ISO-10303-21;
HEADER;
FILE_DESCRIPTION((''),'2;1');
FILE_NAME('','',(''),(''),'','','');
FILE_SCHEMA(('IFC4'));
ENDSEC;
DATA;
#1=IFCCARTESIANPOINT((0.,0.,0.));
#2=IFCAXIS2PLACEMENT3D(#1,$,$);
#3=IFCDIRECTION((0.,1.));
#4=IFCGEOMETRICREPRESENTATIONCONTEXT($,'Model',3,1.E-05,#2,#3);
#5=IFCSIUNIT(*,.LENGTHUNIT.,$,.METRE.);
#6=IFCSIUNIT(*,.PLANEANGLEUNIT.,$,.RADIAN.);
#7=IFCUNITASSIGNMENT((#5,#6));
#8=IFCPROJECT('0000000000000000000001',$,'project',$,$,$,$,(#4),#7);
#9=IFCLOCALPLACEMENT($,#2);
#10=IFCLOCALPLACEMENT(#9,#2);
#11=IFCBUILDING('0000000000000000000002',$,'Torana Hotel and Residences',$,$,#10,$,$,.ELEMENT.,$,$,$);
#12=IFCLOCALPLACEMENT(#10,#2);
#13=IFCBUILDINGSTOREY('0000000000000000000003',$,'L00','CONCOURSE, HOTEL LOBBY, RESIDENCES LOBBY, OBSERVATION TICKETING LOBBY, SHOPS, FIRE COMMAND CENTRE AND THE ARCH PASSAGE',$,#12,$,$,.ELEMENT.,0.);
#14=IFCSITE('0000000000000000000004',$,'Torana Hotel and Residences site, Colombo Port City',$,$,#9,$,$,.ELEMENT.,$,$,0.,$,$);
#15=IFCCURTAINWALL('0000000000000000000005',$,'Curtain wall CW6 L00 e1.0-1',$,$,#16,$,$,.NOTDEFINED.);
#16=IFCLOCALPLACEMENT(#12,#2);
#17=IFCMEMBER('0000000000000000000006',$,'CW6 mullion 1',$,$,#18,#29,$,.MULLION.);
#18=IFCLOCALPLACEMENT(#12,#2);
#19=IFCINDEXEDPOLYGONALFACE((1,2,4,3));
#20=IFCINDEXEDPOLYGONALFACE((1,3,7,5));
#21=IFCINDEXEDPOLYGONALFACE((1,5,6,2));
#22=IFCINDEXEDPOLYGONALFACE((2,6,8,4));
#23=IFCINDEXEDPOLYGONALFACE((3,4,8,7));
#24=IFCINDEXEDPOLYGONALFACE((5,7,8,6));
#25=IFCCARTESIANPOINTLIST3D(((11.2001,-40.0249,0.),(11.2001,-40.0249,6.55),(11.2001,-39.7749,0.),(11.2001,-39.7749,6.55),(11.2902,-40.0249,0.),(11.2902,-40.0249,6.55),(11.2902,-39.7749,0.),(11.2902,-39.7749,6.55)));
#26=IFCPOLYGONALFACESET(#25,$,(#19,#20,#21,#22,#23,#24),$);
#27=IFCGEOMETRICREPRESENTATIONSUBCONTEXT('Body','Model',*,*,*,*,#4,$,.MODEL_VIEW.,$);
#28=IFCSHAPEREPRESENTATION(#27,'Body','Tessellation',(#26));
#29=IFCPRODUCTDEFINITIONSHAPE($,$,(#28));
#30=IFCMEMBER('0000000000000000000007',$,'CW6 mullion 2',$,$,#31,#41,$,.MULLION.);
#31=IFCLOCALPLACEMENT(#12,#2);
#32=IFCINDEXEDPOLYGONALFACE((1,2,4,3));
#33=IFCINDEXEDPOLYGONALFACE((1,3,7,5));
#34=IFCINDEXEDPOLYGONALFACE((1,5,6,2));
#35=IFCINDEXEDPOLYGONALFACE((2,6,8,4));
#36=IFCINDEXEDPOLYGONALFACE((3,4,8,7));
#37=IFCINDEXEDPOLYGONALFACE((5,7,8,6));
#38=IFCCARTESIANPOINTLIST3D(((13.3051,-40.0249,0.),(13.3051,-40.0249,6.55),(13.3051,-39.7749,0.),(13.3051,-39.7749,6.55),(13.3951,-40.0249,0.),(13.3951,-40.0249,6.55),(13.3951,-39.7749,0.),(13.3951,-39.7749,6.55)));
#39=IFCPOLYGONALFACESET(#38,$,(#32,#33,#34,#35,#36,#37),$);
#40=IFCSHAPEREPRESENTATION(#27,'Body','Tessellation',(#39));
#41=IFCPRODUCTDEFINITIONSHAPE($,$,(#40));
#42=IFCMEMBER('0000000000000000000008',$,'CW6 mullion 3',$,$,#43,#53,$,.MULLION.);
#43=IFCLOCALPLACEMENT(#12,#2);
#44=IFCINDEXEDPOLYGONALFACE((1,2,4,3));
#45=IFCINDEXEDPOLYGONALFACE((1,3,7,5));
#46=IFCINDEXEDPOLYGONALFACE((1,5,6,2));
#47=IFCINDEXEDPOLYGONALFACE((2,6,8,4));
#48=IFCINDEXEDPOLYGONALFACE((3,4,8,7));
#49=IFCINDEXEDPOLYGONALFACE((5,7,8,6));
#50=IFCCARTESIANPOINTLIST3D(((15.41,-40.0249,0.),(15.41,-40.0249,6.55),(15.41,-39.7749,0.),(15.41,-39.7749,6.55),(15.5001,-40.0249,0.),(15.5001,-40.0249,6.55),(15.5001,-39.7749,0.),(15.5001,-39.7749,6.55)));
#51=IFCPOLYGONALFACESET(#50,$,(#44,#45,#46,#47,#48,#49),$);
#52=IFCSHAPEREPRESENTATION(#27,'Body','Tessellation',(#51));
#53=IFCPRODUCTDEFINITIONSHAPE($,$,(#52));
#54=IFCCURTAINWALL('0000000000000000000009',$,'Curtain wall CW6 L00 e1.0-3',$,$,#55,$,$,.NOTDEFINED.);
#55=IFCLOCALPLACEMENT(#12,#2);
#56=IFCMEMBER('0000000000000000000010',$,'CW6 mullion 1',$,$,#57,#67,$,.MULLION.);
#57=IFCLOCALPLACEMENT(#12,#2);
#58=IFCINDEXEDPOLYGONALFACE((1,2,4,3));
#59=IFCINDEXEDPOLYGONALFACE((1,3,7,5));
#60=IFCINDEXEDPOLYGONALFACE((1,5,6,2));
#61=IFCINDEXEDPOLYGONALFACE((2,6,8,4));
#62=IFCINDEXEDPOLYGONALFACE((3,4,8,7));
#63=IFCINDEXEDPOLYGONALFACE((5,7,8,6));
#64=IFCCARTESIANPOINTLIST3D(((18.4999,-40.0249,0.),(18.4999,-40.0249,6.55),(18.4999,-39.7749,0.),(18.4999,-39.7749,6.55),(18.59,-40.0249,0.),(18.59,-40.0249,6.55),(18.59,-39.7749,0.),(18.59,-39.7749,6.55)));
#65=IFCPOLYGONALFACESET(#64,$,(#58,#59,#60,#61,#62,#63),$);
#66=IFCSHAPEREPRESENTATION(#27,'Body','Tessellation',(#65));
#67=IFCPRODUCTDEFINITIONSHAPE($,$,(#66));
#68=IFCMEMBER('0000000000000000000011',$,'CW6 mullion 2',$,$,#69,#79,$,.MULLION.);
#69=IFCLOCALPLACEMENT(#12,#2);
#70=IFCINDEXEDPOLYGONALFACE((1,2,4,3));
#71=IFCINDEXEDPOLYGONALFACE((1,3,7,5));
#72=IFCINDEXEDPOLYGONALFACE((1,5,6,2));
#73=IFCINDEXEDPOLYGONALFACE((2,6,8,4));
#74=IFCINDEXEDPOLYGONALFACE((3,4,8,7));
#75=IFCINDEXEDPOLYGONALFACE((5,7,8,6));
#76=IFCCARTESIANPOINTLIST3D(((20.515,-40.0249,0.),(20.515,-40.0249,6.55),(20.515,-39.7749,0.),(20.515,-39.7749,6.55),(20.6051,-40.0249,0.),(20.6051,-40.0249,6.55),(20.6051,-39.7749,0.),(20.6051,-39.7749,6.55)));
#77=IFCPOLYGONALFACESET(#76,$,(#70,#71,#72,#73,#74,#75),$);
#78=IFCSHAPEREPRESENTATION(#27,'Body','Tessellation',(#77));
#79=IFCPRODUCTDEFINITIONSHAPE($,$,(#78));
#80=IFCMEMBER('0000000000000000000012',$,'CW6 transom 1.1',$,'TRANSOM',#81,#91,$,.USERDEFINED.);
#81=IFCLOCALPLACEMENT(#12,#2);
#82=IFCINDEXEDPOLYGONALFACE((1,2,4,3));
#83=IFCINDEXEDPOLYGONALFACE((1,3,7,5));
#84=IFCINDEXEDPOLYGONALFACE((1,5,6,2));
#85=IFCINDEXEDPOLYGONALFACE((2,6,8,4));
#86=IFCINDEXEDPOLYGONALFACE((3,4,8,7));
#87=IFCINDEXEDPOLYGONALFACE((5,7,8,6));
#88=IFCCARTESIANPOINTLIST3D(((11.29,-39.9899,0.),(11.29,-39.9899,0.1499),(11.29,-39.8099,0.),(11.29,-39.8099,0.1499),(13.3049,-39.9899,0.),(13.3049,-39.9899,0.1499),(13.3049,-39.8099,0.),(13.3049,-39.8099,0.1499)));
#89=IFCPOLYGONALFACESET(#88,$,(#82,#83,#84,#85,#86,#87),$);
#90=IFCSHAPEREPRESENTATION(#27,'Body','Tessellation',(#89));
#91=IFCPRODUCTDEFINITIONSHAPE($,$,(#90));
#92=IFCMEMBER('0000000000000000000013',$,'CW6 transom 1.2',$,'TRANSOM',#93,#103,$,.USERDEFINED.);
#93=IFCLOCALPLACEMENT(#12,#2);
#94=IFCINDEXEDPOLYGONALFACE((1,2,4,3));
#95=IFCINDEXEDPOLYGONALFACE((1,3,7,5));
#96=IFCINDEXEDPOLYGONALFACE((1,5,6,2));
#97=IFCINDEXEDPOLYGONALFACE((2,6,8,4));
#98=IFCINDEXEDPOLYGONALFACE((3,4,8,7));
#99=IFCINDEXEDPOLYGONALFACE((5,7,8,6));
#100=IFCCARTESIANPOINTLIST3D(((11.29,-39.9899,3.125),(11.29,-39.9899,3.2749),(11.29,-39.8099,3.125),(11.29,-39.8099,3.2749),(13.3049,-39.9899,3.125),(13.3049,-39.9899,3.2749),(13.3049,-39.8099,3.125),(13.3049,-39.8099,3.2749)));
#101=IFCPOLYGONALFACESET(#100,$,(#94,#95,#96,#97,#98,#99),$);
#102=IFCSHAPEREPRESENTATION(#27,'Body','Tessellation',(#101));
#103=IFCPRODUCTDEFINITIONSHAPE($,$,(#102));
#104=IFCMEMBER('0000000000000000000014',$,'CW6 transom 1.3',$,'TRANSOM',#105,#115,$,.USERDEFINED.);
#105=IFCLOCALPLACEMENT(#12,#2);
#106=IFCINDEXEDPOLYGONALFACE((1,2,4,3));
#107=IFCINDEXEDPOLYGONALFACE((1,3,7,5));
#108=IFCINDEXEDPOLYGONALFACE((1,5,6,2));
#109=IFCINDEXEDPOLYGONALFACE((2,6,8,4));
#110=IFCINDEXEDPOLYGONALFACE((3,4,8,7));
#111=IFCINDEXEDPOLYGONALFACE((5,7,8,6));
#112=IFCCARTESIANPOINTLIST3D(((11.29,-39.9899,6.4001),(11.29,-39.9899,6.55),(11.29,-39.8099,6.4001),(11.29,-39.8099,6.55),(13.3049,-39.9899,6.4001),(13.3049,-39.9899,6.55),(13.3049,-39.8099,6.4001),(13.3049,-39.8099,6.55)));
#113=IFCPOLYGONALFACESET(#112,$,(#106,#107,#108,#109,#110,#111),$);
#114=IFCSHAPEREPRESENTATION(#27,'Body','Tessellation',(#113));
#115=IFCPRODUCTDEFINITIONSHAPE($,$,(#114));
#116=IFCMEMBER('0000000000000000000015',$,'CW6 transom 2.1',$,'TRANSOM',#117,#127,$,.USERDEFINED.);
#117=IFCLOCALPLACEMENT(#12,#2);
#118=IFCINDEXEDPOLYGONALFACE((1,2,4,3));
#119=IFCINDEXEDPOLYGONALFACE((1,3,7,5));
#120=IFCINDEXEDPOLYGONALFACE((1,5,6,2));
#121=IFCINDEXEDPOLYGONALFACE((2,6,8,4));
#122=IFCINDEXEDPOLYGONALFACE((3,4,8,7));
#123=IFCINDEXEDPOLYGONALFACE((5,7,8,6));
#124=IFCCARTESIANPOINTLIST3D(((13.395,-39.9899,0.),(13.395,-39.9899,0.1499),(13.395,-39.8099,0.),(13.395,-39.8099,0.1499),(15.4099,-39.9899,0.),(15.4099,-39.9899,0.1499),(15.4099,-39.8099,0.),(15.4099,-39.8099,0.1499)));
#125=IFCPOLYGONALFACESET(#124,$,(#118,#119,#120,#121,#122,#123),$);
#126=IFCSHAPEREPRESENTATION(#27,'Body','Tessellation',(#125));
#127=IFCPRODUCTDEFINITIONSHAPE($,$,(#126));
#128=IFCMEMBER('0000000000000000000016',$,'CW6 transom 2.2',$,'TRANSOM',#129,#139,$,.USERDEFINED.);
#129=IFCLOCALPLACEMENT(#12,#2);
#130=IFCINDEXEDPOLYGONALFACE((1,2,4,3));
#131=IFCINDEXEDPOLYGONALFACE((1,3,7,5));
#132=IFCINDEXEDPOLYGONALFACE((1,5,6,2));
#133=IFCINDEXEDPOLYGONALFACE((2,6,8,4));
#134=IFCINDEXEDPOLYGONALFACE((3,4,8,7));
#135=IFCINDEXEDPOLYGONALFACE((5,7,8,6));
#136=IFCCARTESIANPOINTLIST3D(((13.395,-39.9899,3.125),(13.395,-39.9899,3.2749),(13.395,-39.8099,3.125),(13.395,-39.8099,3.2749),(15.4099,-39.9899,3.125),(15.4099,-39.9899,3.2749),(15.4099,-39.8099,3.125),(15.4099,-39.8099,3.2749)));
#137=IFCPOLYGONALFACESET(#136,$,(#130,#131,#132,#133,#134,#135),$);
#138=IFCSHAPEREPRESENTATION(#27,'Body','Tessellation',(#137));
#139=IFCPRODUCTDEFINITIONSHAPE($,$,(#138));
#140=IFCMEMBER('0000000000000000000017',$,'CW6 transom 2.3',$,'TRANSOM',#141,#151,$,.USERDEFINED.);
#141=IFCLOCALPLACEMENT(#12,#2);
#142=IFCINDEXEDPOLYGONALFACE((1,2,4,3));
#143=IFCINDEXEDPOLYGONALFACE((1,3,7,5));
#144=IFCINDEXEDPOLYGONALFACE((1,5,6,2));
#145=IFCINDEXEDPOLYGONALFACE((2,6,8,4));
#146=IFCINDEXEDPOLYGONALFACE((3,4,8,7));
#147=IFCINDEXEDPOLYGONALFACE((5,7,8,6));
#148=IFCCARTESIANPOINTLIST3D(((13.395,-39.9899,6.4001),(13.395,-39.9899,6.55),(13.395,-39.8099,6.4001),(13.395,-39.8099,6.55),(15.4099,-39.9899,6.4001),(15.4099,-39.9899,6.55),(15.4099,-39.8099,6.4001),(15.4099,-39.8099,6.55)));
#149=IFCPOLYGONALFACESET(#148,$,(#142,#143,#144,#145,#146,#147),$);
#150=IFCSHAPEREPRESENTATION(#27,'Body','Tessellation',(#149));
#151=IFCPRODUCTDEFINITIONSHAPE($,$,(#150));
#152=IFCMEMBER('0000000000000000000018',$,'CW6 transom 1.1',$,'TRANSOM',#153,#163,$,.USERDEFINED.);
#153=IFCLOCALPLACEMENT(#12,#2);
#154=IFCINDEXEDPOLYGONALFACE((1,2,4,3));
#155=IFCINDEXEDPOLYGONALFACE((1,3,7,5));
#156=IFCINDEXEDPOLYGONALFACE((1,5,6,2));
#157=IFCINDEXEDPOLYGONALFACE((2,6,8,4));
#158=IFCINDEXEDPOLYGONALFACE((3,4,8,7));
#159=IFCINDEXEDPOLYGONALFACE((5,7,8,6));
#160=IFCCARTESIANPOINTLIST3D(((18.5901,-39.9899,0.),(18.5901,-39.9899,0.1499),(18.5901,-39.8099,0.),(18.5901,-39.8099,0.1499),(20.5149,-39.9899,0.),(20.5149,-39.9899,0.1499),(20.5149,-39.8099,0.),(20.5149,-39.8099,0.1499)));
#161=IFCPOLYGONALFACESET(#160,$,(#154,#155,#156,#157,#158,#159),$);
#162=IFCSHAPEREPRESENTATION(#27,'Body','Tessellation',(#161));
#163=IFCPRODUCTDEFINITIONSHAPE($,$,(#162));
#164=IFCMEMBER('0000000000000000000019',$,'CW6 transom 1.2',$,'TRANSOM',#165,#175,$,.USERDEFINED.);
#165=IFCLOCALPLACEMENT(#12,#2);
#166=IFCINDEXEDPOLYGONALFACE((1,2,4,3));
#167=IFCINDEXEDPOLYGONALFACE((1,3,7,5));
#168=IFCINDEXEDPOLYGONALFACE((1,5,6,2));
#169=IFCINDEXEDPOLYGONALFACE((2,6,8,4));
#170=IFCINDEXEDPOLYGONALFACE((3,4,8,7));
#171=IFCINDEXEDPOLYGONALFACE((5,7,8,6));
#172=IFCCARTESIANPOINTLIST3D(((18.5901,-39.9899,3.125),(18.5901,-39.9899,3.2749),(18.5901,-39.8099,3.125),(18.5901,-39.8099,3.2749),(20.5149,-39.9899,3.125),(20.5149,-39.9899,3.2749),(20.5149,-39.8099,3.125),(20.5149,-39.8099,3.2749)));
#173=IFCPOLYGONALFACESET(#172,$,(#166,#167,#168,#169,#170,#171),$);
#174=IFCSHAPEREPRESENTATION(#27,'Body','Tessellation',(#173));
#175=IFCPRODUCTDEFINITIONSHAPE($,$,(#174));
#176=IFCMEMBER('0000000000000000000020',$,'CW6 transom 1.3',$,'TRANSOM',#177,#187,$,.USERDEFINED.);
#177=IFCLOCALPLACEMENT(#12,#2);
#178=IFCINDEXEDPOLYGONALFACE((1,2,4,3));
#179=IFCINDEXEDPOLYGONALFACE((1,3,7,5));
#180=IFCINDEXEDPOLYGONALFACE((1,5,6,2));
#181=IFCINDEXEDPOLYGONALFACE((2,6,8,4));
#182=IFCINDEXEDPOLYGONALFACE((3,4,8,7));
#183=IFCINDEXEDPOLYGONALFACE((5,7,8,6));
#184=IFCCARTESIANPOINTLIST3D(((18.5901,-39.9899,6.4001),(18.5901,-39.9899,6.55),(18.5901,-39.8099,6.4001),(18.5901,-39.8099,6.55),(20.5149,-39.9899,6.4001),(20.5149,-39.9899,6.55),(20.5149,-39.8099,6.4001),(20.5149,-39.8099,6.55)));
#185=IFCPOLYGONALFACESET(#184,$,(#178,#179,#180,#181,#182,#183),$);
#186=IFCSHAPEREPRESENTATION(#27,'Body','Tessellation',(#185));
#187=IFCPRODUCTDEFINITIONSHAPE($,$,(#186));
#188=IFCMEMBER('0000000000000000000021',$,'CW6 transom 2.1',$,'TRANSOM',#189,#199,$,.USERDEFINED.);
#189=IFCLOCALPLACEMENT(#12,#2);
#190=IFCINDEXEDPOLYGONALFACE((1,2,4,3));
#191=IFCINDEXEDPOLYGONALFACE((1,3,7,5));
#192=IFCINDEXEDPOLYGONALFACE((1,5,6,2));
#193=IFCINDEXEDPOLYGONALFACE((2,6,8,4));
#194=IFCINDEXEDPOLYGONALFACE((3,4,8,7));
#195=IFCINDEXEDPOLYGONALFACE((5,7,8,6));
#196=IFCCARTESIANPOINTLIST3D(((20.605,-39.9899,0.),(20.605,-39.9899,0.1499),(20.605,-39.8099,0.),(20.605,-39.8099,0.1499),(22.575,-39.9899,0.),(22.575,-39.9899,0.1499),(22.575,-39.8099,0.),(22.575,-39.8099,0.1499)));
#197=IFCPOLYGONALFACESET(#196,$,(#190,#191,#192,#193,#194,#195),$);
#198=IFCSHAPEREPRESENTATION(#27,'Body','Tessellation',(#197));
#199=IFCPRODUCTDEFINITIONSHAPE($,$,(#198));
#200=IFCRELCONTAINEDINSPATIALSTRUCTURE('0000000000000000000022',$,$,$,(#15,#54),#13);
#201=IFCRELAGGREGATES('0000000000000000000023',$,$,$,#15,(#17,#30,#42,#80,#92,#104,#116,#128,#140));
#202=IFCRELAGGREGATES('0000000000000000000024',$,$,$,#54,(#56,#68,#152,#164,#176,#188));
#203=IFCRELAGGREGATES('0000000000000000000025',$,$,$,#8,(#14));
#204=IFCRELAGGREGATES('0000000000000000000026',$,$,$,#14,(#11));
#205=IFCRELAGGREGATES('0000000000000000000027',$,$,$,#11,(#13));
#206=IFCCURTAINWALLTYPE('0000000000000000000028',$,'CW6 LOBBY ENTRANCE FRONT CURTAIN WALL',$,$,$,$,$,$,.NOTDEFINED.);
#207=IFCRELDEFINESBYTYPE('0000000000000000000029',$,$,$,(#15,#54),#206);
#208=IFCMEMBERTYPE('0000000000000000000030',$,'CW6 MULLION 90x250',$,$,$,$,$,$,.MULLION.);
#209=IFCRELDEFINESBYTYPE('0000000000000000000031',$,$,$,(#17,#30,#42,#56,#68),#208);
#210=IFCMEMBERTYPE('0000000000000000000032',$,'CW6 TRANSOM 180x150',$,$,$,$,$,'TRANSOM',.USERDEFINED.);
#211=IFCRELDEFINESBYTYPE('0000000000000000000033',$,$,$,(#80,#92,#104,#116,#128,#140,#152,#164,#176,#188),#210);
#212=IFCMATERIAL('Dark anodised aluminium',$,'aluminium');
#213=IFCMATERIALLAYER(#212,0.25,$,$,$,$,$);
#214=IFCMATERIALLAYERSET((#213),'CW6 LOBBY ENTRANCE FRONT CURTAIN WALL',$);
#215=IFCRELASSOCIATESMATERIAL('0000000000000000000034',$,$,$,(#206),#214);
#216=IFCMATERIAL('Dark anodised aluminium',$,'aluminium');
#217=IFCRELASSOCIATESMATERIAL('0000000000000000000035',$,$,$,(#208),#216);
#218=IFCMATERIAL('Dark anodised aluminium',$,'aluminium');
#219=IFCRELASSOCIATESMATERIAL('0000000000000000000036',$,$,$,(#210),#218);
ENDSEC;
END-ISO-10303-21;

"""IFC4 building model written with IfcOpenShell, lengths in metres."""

from ifc_helpers import new_model, si_unit, direction, frame, origin, origin_2d, place, context, subcontext, project, spatial, rectangle, extrude, material, layer, layer_set, material_profile, profile_set, type_object, element, aggregate, save


model = new_model("IFC4")

# Units and contexts
model_context = context("Model", 3, precision=1e-05, world=origin(), true_north=direction((0.0, 1.0)))
body_context = subcontext(model_context, "Body", "Model", "MODEL_VIEW")
ifc_project = project(units=[si_unit("LENGTHUNIT", "METRE"), si_unit("PLANEANGLEUNIT", "RADIAN")], contexts=[model_context])

# Site, building, storey
site_placement = place(None, origin())
site = spatial("IfcSite", under=ifc_project, at=site_placement, Name="Torana Hotel and Residences site, Colombo Port City", CompositionType="ELEMENT", RefElevation=0.0)
building_placement = place(site_placement, origin())
building = spatial("IfcBuilding", under=site, at=building_placement, Name="Torana Hotel and Residences", CompositionType="ELEMENT")
storey_placement = place(building_placement, origin())
storey = spatial("IfcBuildingStorey", under=building, at=storey_placement, Name="L00", Description="CONCOURSE, HOTEL LOBBY, RESIDENCES LOBBY, OBSERVATION TICKETING LOBBY, SHOPS, FIRE COMMAND CENTRE AND THE ARCH PASSAGE", CompositionType="ELEMENT", Elevation=0.0)

# Curtain walls, members
ifc_material_1 = material(Name="Dark anodised aluminium", Category="aluminium")
ifc_layer_1 = layer(ifc_material_1, 0.25)
ifc_layer_set_1 = layer_set([ifc_layer_1], Name="CW6 LOBBY ENTRANCE FRONT CURTAIN WALL")
curtain_wall_type = type_object("IfcCurtainWallType", Name="CW6 LOBBY ENTRANCE FRONT CURTAIN WALL", PredefinedType="NOTDEFINED", material=ifc_layer_set_1)
curtain_wall_1_placement = place(storey_placement, origin())
curtain_wall_1 = element("IfcCurtainWall", 1, at=curtain_wall_1_placement, inside=storey, type_object=curtain_wall_type, Name="Curtain wall CW6 L00 e1.0-1", PredefinedType="NOTDEFINED")
ifc_material_2 = material(Name="Dark anodised aluminium", Category="aluminium")
ifc_material_profile_1 = material_profile(ifc_material_2, rectangle(XDim=0.25, YDim=0.0901, at=origin_2d()), Name="CW6 MULLION 90x250")
ifc_profile_set_1 = profile_set([ifc_material_profile_1], Name="Dark anodised aluminium")
member_type_1 = type_object("IfcMemberType", Name="CW6 MULLION 90x250", PredefinedType="MULLION", material=ifc_profile_set_1)
member_1_placement = place(storey_placement, frame((11.2451, -39.8999, 0.0), z_axis=(0.0, 0.0, 1.0), x_axis=(0.0, 1.0, 0.0)))
member_1 = element("IfcMember", 2, at=member_1_placement, type_object=member_type_1, Name="CW6 mullion 1", PredefinedType="MULLION", context=body_context, shape_type="SweptSolid", body=[
    extrude(rectangle(XDim=0.25, YDim=0.0901, at=origin_2d()), origin(), (0.0, 0.0, 1.0), 6.55),
])
member_2_placement = place(storey_placement, frame((13.3501, -39.8999, 0.0), z_axis=(0.0, 0.0, 1.0), x_axis=(0.0, 1.0, 0.0)))
member_2 = element("IfcMember", 3, at=member_2_placement, type_object=member_type_1, Name="CW6 mullion 2", PredefinedType="MULLION", context=body_context, shape_type="SweptSolid", body=[
    extrude(rectangle(XDim=0.25, YDim=0.0901, at=origin_2d()), origin(), (0.0, 0.0, 1.0), 6.55),
])
member_3_placement = place(storey_placement, frame((15.4551, -39.8999, 0.0), z_axis=(0.0, 0.0, 1.0), x_axis=(0.0, 1.0, 0.0)))
member_3 = element("IfcMember", 4, at=member_3_placement, type_object=member_type_1, Name="CW6 mullion 3", PredefinedType="MULLION", context=body_context, shape_type="SweptSolid", body=[
    extrude(rectangle(XDim=0.25, YDim=0.0901, at=origin_2d()), origin(), (0.0, 0.0, 1.0), 6.55),
])
curtain_wall_2_placement = place(storey_placement, origin())
curtain_wall_2 = element("IfcCurtainWall", 5, at=curtain_wall_2_placement, inside=storey, type_object=curtain_wall_type, Name="Curtain wall CW6 L00 e1.0-3", PredefinedType="NOTDEFINED")
member_4_placement = place(storey_placement, frame((18.5449, -39.8999, 0.0), z_axis=(0.0, 0.0, 1.0), x_axis=(0.0, 1.0, 0.0)))
member_4 = element("IfcMember", 6, at=member_4_placement, type_object=member_type_1, Name="CW6 mullion 1", PredefinedType="MULLION", context=body_context, shape_type="SweptSolid", body=[
    extrude(rectangle(XDim=0.25, YDim=0.0901, at=origin_2d()), origin(), (0.0, 0.0, 1.0), 6.55),
])
member_5_placement = place(storey_placement, frame((20.5601, -39.8999, 0.0), z_axis=(0.0, 0.0, 1.0), x_axis=(0.0, 1.0, 0.0)))
member_5 = element("IfcMember", 7, at=member_5_placement, type_object=member_type_1, Name="CW6 mullion 2", PredefinedType="MULLION", context=body_context, shape_type="SweptSolid", body=[
    extrude(rectangle(XDim=0.25, YDim=0.0901, at=origin_2d()), origin(), (0.0, 0.0, 1.0), 6.55),
])

# Members
ifc_material_3 = material(Name="Dark anodised aluminium", Category="aluminium")
ifc_material_profile_2 = material_profile(ifc_material_3, rectangle(XDim=0.1799, YDim=0.1499, at=origin_2d()), Name="CW6 TRANSOM 180x150")
ifc_profile_set_2 = profile_set([ifc_material_profile_2], Name="Dark anodised aluminium")
member_type_2 = type_object("IfcMemberType", Name="CW6 TRANSOM 180x150", ElementType="TRANSOM", PredefinedType="USERDEFINED", material=ifc_profile_set_2)
member_6_placement = place(storey_placement, frame((11.29, -39.8999, 0.075), z_axis=(1.0, 0.0, 0.0), x_axis=(0.0, 1.0, 0.0)))
member_6 = element("IfcMember", 8, at=member_6_placement, type_object=member_type_2, Name="CW6 transom 1.1", ObjectType="TRANSOM", PredefinedType="USERDEFINED", context=body_context, shape_type="SweptSolid", body=[
    extrude(rectangle(XDim=0.1799, YDim=0.1499, at=origin_2d()), origin(), (0.0, 0.0, 1.0), 2.0149),
])
member_7_placement = place(storey_placement, frame((11.29, -39.8999, 3.2), z_axis=(1.0, 0.0, 0.0), x_axis=(0.0, 1.0, 0.0)))
member_7 = element("IfcMember", 9, at=member_7_placement, type_object=member_type_2, Name="CW6 transom 1.2", ObjectType="TRANSOM", PredefinedType="USERDEFINED", context=body_context, shape_type="SweptSolid", body=[
    extrude(rectangle(XDim=0.1799, YDim=0.1499, at=origin_2d()), origin(), (0.0, 0.0, 1.0), 2.0149),
])
member_8_placement = place(storey_placement, frame((11.29, -39.8999, 6.4751), z_axis=(1.0, 0.0, 0.0), x_axis=(0.0, 1.0, 0.0)))
member_8 = element("IfcMember", 10, at=member_8_placement, type_object=member_type_2, Name="CW6 transom 1.3", ObjectType="TRANSOM", PredefinedType="USERDEFINED", context=body_context, shape_type="SweptSolid", body=[
    extrude(rectangle(XDim=0.1799, YDim=0.1499, at=origin_2d()), origin(), (0.0, 0.0, 1.0), 2.0149),
])
member_9_placement = place(storey_placement, frame((13.395, -39.8999, 0.075), z_axis=(1.0, 0.0, 0.0), x_axis=(0.0, 1.0, 0.0)))
member_9 = element("IfcMember", 11, at=member_9_placement, type_object=member_type_2, Name="CW6 transom 2.1", ObjectType="TRANSOM", PredefinedType="USERDEFINED", context=body_context, shape_type="SweptSolid", body=[
    extrude(rectangle(XDim=0.1799, YDim=0.1499, at=origin_2d()), origin(), (0.0, 0.0, 1.0), 2.0149),
])
member_10_placement = place(storey_placement, frame((13.395, -39.8999, 3.2), z_axis=(1.0, 0.0, 0.0), x_axis=(0.0, 1.0, 0.0)))
member_10 = element("IfcMember", 12, at=member_10_placement, type_object=member_type_2, Name="CW6 transom 2.2", ObjectType="TRANSOM", PredefinedType="USERDEFINED", context=body_context, shape_type="SweptSolid", body=[
    extrude(rectangle(XDim=0.1799, YDim=0.1499, at=origin_2d()), origin(), (0.0, 0.0, 1.0), 2.0149),
])
member_11_placement = place(storey_placement, frame((13.395, -39.8999, 6.4751), z_axis=(1.0, 0.0, 0.0), x_axis=(0.0, 1.0, 0.0)))
member_11 = element("IfcMember", 13, at=member_11_placement, type_object=member_type_2, Name="CW6 transom 2.3", ObjectType="TRANSOM", PredefinedType="USERDEFINED", context=body_context, shape_type="SweptSolid", body=[
    extrude(rectangle(XDim=0.1799, YDim=0.1499, at=origin_2d()), origin(), (0.0, 0.0, 1.0), 2.0149),
])
member_12_placement = place(storey_placement, frame((18.5901, -39.8999, 0.075), z_axis=(1.0, 0.0, 0.0), x_axis=(0.0, 1.0, 0.0)))
member_12 = element("IfcMember", 14, at=member_12_placement, type_object=member_type_2, Name="CW6 transom 1.1", ObjectType="TRANSOM", PredefinedType="USERDEFINED", context=body_context, shape_type="SweptSolid", body=[
    extrude(rectangle(XDim=0.1799, YDim=0.1499, at=origin_2d()), origin(), (0.0, 0.0, 1.0), 1.9248),
])
member_13_placement = place(storey_placement, frame((18.5901, -39.8999, 3.2), z_axis=(1.0, 0.0, 0.0), x_axis=(0.0, 1.0, 0.0)))
member_13 = element("IfcMember", 15, at=member_13_placement, type_object=member_type_2, Name="CW6 transom 1.2", ObjectType="TRANSOM", PredefinedType="USERDEFINED", context=body_context, shape_type="SweptSolid", body=[
    extrude(rectangle(XDim=0.1799, YDim=0.1499, at=origin_2d()), origin(), (0.0, 0.0, 1.0), 1.9248),
])
member_14_placement = place(storey_placement, frame((18.5901, -39.8999, 6.4751), z_axis=(1.0, 0.0, 0.0), x_axis=(0.0, 1.0, 0.0)))
member_14 = element("IfcMember", 16, at=member_14_placement, type_object=member_type_2, Name="CW6 transom 1.3", ObjectType="TRANSOM", PredefinedType="USERDEFINED", context=body_context, shape_type="SweptSolid", body=[
    extrude(rectangle(XDim=0.1799, YDim=0.1499, at=origin_2d()), origin(), (0.0, 0.0, 1.0), 1.9248),
])
member_15_placement = place(storey_placement, frame((20.605, -39.8999, 0.075), z_axis=(1.0, 0.0, 0.0), x_axis=(0.0, 1.0, 0.0)))
member_15 = element("IfcMember", 17, at=member_15_placement, type_object=member_type_2, Name="CW6 transom 2.1", ObjectType="TRANSOM", PredefinedType="USERDEFINED", context=body_context, shape_type="SweptSolid", body=[
    extrude(rectangle(XDim=0.1799, YDim=0.1499, at=origin_2d()), origin(), (0.0, 0.0, 1.0), 1.97),
])

aggregate(curtain_wall_1, [member_1, member_2, member_3, member_6, member_7, member_8, member_9, member_10, member_11])
aggregate(curtain_wall_2, [member_4, member_5, member_12, member_13, member_14, member_15])

save(model, "model.ifc")
